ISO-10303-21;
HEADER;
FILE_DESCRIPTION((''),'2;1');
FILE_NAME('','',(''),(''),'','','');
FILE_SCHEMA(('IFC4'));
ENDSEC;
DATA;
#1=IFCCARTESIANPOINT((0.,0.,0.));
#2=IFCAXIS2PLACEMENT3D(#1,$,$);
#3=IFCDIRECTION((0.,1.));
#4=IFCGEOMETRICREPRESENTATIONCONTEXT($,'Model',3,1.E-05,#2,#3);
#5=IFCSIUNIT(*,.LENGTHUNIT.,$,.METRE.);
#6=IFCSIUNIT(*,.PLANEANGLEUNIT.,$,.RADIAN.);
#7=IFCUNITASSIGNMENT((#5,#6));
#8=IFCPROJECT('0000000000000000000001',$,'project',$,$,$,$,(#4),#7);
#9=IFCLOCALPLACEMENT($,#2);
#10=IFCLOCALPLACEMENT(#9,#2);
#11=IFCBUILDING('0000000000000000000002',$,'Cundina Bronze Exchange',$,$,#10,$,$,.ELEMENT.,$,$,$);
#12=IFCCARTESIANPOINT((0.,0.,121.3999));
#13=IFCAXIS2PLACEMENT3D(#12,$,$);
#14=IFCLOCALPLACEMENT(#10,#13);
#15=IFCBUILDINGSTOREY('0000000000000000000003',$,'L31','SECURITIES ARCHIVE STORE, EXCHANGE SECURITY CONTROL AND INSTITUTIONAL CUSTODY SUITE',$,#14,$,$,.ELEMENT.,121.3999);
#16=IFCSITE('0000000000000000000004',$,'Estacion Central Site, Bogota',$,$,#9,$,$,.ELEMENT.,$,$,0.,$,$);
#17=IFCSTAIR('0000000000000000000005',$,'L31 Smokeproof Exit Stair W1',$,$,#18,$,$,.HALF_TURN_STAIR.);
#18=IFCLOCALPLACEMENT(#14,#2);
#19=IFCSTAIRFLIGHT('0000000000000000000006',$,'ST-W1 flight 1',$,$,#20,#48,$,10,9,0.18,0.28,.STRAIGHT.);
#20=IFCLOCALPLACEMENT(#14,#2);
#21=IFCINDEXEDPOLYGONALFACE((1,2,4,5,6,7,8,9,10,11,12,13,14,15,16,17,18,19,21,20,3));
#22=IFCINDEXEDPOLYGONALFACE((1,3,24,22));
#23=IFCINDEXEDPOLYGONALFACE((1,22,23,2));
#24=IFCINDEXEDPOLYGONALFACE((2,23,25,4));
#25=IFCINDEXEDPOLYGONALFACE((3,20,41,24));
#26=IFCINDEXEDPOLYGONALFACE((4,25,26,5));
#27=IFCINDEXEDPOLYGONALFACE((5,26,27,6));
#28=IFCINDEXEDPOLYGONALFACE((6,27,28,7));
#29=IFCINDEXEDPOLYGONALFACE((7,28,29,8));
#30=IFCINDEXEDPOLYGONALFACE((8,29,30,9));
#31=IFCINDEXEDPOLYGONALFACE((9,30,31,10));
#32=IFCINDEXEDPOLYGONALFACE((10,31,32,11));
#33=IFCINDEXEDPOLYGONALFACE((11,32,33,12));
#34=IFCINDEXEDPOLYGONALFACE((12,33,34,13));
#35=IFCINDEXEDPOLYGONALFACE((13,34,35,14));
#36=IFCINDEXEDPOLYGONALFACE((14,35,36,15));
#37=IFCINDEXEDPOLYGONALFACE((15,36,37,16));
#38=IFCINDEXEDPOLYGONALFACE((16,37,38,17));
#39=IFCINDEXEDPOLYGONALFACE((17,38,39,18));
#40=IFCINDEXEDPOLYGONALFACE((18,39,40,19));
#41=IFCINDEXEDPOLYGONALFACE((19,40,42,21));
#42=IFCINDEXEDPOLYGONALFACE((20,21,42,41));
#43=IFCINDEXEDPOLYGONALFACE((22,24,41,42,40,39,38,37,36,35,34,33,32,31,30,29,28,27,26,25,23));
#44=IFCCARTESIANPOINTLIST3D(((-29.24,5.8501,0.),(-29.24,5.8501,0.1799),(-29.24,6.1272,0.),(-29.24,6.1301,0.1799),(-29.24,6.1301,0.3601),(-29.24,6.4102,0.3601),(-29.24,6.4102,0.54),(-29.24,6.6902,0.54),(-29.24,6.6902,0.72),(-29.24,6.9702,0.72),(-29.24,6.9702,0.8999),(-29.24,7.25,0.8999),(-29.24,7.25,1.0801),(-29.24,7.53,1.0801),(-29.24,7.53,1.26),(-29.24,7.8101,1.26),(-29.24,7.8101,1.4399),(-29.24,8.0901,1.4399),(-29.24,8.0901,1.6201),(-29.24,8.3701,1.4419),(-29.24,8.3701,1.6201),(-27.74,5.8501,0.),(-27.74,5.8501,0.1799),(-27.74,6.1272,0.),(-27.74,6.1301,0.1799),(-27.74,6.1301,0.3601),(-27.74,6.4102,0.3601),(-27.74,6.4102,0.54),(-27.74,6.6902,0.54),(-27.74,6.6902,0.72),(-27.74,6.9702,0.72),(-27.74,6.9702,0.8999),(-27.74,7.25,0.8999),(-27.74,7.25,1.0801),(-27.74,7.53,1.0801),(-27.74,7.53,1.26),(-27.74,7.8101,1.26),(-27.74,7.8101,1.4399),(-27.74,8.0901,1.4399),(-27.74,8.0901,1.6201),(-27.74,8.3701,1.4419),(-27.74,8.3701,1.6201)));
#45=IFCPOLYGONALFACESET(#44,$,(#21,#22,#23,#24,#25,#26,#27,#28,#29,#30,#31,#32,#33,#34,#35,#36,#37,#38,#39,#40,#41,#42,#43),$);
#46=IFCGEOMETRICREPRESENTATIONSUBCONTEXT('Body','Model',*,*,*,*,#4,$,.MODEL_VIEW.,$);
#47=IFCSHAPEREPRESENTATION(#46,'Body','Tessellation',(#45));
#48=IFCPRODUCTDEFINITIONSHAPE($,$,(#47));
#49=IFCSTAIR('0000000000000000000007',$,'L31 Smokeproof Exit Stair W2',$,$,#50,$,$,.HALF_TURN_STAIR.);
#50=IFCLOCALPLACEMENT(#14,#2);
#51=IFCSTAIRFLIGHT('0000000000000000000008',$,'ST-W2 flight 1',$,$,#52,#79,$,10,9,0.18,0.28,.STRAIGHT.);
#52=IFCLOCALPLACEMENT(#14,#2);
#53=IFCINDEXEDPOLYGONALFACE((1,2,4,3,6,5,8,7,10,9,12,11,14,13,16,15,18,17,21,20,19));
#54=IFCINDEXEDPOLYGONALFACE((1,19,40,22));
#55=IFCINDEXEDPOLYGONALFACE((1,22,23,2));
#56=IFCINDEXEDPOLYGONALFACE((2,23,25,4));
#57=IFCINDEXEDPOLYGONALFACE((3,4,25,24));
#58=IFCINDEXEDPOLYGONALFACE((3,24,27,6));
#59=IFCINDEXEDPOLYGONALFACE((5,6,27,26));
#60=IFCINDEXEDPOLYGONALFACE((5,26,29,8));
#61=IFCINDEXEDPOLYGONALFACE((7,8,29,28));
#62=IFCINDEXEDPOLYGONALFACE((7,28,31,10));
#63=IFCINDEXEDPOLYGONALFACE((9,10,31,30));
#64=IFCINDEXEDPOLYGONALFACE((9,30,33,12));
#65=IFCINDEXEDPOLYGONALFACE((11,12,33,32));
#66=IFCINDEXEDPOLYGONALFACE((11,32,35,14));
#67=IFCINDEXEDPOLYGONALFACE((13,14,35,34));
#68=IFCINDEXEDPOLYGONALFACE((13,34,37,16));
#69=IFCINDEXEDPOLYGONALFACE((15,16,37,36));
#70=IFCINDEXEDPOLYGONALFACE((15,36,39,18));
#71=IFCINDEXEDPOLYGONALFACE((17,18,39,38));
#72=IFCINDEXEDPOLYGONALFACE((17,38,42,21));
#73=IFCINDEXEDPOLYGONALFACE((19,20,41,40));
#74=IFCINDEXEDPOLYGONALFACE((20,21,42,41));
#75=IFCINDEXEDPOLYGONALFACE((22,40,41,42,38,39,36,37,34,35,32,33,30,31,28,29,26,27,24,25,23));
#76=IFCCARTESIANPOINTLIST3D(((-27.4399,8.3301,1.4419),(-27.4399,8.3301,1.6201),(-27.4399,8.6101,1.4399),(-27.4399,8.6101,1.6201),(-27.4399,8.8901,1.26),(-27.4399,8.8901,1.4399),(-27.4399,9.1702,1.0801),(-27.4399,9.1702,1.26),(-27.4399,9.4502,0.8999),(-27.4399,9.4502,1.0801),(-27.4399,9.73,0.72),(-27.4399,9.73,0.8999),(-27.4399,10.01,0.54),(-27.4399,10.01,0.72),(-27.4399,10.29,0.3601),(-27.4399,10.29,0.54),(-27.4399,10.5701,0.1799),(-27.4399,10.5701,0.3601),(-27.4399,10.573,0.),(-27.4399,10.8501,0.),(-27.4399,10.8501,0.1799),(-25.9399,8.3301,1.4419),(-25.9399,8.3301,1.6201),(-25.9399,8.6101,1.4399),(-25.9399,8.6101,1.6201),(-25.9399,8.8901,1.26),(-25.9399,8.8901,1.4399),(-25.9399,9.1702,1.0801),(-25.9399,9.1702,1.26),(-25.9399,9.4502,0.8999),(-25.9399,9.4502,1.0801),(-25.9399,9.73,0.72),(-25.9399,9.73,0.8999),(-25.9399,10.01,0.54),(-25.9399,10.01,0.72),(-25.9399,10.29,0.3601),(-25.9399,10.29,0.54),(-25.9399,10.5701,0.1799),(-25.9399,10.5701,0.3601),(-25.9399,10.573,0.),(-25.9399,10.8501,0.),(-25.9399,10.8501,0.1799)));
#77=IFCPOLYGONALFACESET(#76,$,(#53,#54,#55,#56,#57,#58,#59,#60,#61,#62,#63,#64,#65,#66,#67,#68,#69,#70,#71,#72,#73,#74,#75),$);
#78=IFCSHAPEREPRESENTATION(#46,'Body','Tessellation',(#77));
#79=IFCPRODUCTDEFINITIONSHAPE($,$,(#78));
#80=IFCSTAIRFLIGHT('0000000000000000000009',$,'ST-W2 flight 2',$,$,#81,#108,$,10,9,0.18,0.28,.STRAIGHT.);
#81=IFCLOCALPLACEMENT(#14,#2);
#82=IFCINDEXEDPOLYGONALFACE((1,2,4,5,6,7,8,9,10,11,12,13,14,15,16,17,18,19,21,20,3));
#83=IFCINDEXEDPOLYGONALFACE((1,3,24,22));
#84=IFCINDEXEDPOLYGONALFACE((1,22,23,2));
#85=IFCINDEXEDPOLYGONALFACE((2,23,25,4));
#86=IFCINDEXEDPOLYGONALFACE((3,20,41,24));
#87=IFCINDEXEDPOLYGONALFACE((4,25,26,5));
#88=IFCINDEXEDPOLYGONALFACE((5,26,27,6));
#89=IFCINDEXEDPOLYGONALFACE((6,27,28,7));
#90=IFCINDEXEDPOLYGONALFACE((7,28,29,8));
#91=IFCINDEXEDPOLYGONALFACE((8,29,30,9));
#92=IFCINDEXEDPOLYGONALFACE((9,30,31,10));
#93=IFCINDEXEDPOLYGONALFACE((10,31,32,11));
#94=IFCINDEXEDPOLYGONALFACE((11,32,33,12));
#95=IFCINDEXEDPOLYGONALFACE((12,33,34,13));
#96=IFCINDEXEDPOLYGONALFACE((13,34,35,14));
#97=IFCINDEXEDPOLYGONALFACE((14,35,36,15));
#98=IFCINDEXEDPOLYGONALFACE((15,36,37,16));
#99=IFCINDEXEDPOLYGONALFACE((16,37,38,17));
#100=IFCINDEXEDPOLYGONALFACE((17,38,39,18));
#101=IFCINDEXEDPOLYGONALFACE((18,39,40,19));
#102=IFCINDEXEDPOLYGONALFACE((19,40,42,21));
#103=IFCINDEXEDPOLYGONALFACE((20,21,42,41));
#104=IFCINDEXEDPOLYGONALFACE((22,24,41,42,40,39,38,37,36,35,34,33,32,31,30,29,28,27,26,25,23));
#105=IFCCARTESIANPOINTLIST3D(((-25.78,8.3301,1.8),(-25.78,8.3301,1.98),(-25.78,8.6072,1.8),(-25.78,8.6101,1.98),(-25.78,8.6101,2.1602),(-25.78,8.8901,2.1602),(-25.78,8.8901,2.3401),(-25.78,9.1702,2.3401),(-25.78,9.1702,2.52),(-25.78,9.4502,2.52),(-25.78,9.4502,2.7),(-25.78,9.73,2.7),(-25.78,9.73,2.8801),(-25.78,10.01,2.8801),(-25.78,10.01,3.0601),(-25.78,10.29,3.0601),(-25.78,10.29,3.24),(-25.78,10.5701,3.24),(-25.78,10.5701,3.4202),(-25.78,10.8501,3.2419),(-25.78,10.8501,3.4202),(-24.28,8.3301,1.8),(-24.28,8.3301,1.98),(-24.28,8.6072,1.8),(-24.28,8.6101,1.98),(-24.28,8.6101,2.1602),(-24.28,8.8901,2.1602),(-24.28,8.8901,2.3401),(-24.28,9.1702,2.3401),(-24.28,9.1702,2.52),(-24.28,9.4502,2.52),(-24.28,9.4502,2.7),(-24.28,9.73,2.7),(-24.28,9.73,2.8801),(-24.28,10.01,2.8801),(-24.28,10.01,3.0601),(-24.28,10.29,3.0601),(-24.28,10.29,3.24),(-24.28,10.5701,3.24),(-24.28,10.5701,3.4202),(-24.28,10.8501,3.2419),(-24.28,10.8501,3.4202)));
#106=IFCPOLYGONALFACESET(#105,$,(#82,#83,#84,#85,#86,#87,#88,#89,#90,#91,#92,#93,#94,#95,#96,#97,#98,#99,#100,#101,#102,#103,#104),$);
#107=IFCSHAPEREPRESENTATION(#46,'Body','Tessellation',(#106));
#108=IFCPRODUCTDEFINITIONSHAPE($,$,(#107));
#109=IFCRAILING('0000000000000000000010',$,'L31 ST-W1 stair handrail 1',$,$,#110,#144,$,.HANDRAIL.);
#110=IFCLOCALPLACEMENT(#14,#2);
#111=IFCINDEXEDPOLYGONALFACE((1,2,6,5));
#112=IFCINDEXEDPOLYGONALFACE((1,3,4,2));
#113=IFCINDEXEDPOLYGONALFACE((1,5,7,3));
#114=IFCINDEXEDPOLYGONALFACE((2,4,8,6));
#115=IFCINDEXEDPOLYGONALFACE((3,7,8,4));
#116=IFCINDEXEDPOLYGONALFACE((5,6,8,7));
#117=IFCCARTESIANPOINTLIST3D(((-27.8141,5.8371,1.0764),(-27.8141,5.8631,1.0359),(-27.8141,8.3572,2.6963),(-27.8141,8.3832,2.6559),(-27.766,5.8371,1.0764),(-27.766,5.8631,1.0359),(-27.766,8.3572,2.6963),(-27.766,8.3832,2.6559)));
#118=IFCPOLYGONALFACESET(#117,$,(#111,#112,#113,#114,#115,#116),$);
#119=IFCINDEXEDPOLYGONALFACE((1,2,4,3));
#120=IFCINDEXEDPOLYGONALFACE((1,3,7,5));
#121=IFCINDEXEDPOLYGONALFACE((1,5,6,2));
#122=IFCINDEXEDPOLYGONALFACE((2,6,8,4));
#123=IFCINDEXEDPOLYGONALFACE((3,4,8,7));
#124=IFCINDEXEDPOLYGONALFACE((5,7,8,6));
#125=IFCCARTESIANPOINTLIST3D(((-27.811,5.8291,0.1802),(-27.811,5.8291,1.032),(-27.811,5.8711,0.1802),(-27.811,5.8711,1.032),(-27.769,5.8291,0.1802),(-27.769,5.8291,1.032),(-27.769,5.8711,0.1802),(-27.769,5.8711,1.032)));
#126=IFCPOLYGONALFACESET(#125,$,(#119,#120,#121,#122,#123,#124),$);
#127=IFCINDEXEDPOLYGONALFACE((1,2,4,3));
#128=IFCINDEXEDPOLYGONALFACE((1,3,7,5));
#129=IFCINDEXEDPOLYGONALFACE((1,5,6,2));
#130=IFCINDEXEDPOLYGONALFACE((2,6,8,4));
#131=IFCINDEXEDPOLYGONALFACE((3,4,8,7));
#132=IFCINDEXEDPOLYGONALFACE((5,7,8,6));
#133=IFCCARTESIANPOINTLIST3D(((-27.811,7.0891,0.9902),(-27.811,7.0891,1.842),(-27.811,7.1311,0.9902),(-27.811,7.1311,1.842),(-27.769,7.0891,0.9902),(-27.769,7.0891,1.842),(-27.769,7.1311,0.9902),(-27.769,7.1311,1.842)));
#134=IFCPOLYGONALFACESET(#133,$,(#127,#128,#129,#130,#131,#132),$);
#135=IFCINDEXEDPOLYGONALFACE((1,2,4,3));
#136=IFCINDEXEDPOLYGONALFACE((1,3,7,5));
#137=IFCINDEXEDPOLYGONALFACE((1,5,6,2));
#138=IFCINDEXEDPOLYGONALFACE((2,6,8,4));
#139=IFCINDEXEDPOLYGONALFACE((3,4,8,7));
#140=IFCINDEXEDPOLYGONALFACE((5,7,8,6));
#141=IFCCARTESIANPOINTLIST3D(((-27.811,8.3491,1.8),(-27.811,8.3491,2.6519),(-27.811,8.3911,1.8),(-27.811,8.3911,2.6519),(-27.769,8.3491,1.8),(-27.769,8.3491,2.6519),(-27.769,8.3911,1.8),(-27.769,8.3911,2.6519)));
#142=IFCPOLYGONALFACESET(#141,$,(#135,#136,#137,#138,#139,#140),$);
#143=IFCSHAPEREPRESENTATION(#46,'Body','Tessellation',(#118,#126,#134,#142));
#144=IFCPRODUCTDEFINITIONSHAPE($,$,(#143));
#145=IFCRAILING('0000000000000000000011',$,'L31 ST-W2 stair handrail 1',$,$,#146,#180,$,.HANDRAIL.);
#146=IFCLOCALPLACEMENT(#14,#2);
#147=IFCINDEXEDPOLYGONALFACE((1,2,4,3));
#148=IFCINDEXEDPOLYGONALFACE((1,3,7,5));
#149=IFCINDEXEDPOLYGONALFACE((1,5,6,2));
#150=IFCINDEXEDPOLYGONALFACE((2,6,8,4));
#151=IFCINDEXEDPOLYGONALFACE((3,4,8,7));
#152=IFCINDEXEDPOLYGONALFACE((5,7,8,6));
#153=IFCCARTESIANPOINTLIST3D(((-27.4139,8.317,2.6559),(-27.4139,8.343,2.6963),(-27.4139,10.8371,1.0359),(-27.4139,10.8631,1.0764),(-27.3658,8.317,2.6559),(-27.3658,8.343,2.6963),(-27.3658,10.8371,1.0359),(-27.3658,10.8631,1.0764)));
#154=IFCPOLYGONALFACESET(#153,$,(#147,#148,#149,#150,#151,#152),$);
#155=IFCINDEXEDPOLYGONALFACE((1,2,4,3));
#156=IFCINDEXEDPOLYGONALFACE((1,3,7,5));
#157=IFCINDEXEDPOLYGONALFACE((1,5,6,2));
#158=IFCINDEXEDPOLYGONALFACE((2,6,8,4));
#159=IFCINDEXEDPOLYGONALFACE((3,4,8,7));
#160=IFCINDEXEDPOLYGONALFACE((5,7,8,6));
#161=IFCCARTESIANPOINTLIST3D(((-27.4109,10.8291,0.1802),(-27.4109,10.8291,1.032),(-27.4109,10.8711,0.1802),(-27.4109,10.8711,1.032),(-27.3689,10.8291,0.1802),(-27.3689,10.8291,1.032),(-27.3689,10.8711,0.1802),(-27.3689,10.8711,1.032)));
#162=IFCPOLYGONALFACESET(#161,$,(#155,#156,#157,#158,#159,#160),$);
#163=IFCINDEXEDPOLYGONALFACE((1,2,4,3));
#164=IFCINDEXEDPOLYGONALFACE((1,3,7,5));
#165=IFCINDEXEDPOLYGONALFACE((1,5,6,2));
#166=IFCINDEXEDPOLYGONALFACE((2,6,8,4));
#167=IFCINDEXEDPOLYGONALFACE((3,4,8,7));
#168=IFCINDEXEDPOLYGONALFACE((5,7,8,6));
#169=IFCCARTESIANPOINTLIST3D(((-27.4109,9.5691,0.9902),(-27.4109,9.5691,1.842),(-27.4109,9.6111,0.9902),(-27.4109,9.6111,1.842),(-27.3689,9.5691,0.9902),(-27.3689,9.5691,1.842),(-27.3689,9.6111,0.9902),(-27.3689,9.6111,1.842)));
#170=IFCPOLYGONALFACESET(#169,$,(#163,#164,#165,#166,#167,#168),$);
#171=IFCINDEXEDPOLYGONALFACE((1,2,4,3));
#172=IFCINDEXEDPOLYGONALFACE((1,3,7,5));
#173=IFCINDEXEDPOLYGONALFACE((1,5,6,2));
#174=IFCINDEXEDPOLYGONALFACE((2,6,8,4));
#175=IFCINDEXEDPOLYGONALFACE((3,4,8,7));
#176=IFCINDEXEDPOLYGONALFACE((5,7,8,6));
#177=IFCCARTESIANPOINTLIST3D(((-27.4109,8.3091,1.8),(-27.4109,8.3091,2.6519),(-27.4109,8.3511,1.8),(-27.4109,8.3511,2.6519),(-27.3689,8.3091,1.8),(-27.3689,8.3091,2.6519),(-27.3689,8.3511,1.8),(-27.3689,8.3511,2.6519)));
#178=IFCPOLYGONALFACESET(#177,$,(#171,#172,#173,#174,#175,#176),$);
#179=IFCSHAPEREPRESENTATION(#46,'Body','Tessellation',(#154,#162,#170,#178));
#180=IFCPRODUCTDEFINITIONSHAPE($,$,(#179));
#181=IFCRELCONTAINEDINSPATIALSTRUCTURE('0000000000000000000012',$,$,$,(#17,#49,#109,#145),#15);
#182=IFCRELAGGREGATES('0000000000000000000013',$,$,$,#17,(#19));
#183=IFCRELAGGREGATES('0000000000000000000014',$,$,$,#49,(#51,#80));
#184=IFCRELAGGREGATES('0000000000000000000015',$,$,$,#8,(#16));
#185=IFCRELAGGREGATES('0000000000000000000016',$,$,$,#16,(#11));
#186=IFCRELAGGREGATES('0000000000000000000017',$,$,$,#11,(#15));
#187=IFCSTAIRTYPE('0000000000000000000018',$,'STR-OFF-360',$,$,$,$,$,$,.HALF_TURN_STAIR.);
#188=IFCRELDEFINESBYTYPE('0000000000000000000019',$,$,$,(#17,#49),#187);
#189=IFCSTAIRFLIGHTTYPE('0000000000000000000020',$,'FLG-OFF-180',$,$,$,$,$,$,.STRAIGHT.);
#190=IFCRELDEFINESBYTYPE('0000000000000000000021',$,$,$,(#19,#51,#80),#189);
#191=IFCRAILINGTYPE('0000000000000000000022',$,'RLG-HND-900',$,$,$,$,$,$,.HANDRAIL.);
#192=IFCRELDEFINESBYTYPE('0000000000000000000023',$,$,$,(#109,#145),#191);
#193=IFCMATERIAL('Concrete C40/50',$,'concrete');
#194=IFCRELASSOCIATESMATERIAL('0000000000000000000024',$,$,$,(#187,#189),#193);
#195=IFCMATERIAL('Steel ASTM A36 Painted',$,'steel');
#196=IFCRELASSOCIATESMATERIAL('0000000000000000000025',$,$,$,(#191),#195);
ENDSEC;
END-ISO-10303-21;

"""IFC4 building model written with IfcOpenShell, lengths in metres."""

from ifc_helpers import new_model, si_unit, direction, frame, origin, origin_2d, place, context, subcontext, project, spatial, polyline, rectangle, outline, extrude, material, type_object, element, aggregate, save


model = new_model("IFC4")

# Units and contexts
model_context = context("Model", 3, precision=1e-05, world=origin(), true_north=direction((0.0, 1.0)))
body_context = subcontext(model_context, "Body", "Model", "MODEL_VIEW")
ifc_project = project(units=[si_unit("LENGTHUNIT", "METRE"), si_unit("PLANEANGLEUNIT", "RADIAN")], contexts=[model_context])

# Site, building, storey
site_placement = place(None, origin())
site = spatial("IfcSite", under=ifc_project, at=site_placement, Name="Estacion Central Site, Bogota", CompositionType="ELEMENT", RefElevation=0.0)
building_placement = place(site_placement, origin())
building = spatial("IfcBuilding", under=site, at=building_placement, Name="Cundina Bronze Exchange", CompositionType="ELEMENT")
storey_placement = place(building_placement, frame((0.0, 0.0, 121.3999)))
storey = spatial("IfcBuildingStorey", under=building, at=storey_placement, Name="L31", Description="SECURITIES ARCHIVE STORE, EXCHANGE SECURITY CONTROL AND INSTITUTIONAL CUSTODY SUITE", CompositionType="ELEMENT", Elevation=121.3999)

# Shared definitions
ifc_material_1 = material(Name="Steel ASTM A36 Painted", Category="steel")

# Stair, stair flight
ifc_material_2 = material(Name="Concrete C40/50", Category="concrete")
stair_type = type_object("IfcStairType", Name="STR-OFF-360", PredefinedType="HALF_TURN_STAIR", material=ifc_material_2)
stair_1_placement = place(storey_placement, origin())
stair_1 = element("IfcStair", 1, at=stair_1_placement, inside=storey, type_object=stair_type, Name="L31 Smokeproof Exit Stair W1", PredefinedType="HALF_TURN_STAIR")
stair_flight_type = type_object("IfcStairFlightType", Name="FLG-OFF-180", PredefinedType="STRAIGHT", material=ifc_material_2)
stair_flight_1_placement = place(storey_placement, frame((-28.49, 5.8501, 0.0), z_axis=(0.0, 0.0, 1.0), x_axis=(0.0, 1.0, 0.0)))
stair_flight_1 = element("IfcStairFlight", 2, at=stair_flight_1_placement, type_object=stair_flight_type, Name="ST-W1 flight 1", NumberOfRisers=10, NumberOfTreads=9, PredefinedType="STRAIGHT", RiserHeight=0.18, TreadLength=0.28, context=body_context, shape_type="SweptSolid", body=[
    extrude(outline(polyline([(0.0, 0.0), (0.0, 0.1799), (0.28, 0.1799), (0.28, 0.3601), (0.5601, 0.3601), (0.5601, 0.54), (0.8401, 0.54), (0.8401, 0.72), (1.1201, 0.72), (1.1201, 0.8999), (1.3999, 0.8999), (1.3999, 1.0801), (1.6799, 1.0801), (1.6799, 1.26), (1.96, 1.26), (1.96, 1.4399), (2.24, 1.4399), (2.24, 1.6201), (2.52, 1.6201), (2.52, 1.8), (2.52, 1.4419), (0.2771, 0.0), (0.0, 0.0)])), frame((0.0, 0.75, 0.0), z_axis=(0.0, -1.0, 0.0), x_axis=(1.0, 0.0, 0.0)), (0.0, 0.0, 1.0), 1.5),
])
aggregate(stair_1, [stair_flight_1])

# Stair, stair flights
stair_2_placement = place(storey_placement, origin())
stair_2 = element("IfcStair", 3, at=stair_2_placement, inside=storey, type_object=stair_type, Name="L31 Smokeproof Exit Stair W2", PredefinedType="HALF_TURN_STAIR")
stair_flight_2_placement = place(storey_placement, frame((-26.6899, 10.8501, 0.0), z_axis=(0.0, 0.0, 1.0), x_axis=(0.0, -1.0, 0.0)))
stair_flight_2 = element("IfcStairFlight", 4, at=stair_flight_2_placement, type_object=stair_flight_type, Name="ST-W2 flight 1", NumberOfRisers=10, NumberOfTreads=9, PredefinedType="STRAIGHT", RiserHeight=0.18, TreadLength=0.28, context=body_context, shape_type="SweptSolid", body=[
    extrude(outline(polyline([(0.0, 0.0), (0.0, 0.1799), (0.28, 0.1799), (0.28, 0.3601), (0.5601, 0.3601), (0.5601, 0.54), (0.8401, 0.54), (0.8401, 0.72), (1.1201, 0.72), (1.1201, 0.8999), (1.3999, 0.8999), (1.3999, 1.0801), (1.6799, 1.0801), (1.6799, 1.26), (1.96, 1.26), (1.96, 1.4399), (2.24, 1.4399), (2.24, 1.6201), (2.52, 1.6201), (2.52, 1.8), (2.52, 1.4419), (0.2771, 0.0), (0.0, 0.0)])), frame((0.0, 0.75, 0.0), z_axis=(0.0, -1.0, 0.0), x_axis=(1.0, 0.0, 0.0)), (0.0, 0.0, 1.0), 1.5),
])
stair_flight_3_placement = place(storey_placement, frame((-25.03, 8.3301, 1.8), z_axis=(0.0, 0.0, 1.0), x_axis=(0.0, 1.0, 0.0)))
stair_flight_3 = element("IfcStairFlight", 5, at=stair_flight_3_placement, type_object=stair_flight_type, Name="ST-W2 flight 2", NumberOfRisers=10, NumberOfTreads=9, PredefinedType="STRAIGHT", RiserHeight=0.18, TreadLength=0.28, context=body_context, shape_type="SweptSolid", body=[
    extrude(outline(polyline([(0.0, 0.0), (0.0, 0.1799), (0.28, 0.1799), (0.28, 0.3601), (0.5601, 0.3601), (0.5601, 0.54), (0.8401, 0.54), (0.8401, 0.72), (1.1201, 0.72), (1.1201, 0.8999), (1.3999, 0.8999), (1.3999, 1.0801), (1.6799, 1.0801), (1.6799, 1.26), (1.96, 1.26), (1.96, 1.4399), (2.24, 1.4399), (2.24, 1.6201), (2.52, 1.6201), (2.52, 1.8), (2.52, 1.4419), (0.2771, 0.0), (0.0, 0.0)])), frame((0.0, 0.75, 0.0), z_axis=(0.0, -1.0, 0.0), x_axis=(1.0, 0.0, 0.0)), (0.0, 0.0, 1.0), 1.5),
])
aggregate(stair_2, [stair_flight_2, stair_flight_3])

# Railings
railing_type_1 = type_object("IfcRailingType", Name="RLG-HND-900", PredefinedType="HANDRAIL", material=ifc_material_1)
railing_1_placement = place(storey_placement, frame((-27.79, 5.8501, 0.1802)))
element("IfcRailing", 6, at=railing_1_placement, inside=storey, type_object=railing_type_1, Name="L31 ST-W1 stair handrail 1", PredefinedType="HANDRAIL", context=body_context, shape_type="SweptSolid", body=[
    extrude(rectangle(XDim=0.0481, YDim=0.0481, at=origin_2d()), frame((0.0, 0.0, 0.876), z_axis=(0.0, 0.8412, 0.540725), x_axis=(-1.0, 0.0, 0.0)), (0.0, 0.0, 1.0), 2.9958),
    extrude(rectangle(XDim=0.042, YDim=0.042, at=origin_2d()), origin(), (0.0, 0.0, 1.0), 0.8518),
    extrude(rectangle(XDim=0.042, YDim=0.042, at=origin_2d()), frame((0.0, 1.26, 0.8101)), (0.0, 0.0, 1.0), 0.8518),
    extrude(rectangle(XDim=0.042, YDim=0.042, at=origin_2d()), frame((0.0, 2.52, 1.6199)), (0.0, 0.0, 1.0), 0.8518),
])
railing_2_placement = place(storey_placement, frame((-27.3899, 10.8501, 0.1802)))
element("IfcRailing", 7, at=railing_2_placement, inside=storey, type_object=railing_type_1, Name="L31 ST-W2 stair handrail 1", PredefinedType="HANDRAIL", context=body_context, shape_type="SweptSolid", body=[
    extrude(rectangle(XDim=0.0481, YDim=0.0481, at=origin_2d()), frame((0.0, 0.0, 0.876), z_axis=(0.0, -0.8412, 0.540725), x_axis=(1.0, 0.0, 0.0)), (0.0, 0.0, 1.0), 2.9958),
    extrude(rectangle(XDim=0.042, YDim=0.042, at=origin_2d()), origin(), (0.0, 0.0, 1.0), 0.8518),
    extrude(rectangle(XDim=0.042, YDim=0.042, at=origin_2d()), frame((0.0, -1.26, 0.8101)), (0.0, 0.0, 1.0), 0.8518),
    extrude(rectangle(XDim=0.042, YDim=0.042, at=origin_2d()), frame((0.0, -2.52, 1.6199)), (0.0, 0.0, 1.0), 0.8518),
])

save(model, "model.ifc")
